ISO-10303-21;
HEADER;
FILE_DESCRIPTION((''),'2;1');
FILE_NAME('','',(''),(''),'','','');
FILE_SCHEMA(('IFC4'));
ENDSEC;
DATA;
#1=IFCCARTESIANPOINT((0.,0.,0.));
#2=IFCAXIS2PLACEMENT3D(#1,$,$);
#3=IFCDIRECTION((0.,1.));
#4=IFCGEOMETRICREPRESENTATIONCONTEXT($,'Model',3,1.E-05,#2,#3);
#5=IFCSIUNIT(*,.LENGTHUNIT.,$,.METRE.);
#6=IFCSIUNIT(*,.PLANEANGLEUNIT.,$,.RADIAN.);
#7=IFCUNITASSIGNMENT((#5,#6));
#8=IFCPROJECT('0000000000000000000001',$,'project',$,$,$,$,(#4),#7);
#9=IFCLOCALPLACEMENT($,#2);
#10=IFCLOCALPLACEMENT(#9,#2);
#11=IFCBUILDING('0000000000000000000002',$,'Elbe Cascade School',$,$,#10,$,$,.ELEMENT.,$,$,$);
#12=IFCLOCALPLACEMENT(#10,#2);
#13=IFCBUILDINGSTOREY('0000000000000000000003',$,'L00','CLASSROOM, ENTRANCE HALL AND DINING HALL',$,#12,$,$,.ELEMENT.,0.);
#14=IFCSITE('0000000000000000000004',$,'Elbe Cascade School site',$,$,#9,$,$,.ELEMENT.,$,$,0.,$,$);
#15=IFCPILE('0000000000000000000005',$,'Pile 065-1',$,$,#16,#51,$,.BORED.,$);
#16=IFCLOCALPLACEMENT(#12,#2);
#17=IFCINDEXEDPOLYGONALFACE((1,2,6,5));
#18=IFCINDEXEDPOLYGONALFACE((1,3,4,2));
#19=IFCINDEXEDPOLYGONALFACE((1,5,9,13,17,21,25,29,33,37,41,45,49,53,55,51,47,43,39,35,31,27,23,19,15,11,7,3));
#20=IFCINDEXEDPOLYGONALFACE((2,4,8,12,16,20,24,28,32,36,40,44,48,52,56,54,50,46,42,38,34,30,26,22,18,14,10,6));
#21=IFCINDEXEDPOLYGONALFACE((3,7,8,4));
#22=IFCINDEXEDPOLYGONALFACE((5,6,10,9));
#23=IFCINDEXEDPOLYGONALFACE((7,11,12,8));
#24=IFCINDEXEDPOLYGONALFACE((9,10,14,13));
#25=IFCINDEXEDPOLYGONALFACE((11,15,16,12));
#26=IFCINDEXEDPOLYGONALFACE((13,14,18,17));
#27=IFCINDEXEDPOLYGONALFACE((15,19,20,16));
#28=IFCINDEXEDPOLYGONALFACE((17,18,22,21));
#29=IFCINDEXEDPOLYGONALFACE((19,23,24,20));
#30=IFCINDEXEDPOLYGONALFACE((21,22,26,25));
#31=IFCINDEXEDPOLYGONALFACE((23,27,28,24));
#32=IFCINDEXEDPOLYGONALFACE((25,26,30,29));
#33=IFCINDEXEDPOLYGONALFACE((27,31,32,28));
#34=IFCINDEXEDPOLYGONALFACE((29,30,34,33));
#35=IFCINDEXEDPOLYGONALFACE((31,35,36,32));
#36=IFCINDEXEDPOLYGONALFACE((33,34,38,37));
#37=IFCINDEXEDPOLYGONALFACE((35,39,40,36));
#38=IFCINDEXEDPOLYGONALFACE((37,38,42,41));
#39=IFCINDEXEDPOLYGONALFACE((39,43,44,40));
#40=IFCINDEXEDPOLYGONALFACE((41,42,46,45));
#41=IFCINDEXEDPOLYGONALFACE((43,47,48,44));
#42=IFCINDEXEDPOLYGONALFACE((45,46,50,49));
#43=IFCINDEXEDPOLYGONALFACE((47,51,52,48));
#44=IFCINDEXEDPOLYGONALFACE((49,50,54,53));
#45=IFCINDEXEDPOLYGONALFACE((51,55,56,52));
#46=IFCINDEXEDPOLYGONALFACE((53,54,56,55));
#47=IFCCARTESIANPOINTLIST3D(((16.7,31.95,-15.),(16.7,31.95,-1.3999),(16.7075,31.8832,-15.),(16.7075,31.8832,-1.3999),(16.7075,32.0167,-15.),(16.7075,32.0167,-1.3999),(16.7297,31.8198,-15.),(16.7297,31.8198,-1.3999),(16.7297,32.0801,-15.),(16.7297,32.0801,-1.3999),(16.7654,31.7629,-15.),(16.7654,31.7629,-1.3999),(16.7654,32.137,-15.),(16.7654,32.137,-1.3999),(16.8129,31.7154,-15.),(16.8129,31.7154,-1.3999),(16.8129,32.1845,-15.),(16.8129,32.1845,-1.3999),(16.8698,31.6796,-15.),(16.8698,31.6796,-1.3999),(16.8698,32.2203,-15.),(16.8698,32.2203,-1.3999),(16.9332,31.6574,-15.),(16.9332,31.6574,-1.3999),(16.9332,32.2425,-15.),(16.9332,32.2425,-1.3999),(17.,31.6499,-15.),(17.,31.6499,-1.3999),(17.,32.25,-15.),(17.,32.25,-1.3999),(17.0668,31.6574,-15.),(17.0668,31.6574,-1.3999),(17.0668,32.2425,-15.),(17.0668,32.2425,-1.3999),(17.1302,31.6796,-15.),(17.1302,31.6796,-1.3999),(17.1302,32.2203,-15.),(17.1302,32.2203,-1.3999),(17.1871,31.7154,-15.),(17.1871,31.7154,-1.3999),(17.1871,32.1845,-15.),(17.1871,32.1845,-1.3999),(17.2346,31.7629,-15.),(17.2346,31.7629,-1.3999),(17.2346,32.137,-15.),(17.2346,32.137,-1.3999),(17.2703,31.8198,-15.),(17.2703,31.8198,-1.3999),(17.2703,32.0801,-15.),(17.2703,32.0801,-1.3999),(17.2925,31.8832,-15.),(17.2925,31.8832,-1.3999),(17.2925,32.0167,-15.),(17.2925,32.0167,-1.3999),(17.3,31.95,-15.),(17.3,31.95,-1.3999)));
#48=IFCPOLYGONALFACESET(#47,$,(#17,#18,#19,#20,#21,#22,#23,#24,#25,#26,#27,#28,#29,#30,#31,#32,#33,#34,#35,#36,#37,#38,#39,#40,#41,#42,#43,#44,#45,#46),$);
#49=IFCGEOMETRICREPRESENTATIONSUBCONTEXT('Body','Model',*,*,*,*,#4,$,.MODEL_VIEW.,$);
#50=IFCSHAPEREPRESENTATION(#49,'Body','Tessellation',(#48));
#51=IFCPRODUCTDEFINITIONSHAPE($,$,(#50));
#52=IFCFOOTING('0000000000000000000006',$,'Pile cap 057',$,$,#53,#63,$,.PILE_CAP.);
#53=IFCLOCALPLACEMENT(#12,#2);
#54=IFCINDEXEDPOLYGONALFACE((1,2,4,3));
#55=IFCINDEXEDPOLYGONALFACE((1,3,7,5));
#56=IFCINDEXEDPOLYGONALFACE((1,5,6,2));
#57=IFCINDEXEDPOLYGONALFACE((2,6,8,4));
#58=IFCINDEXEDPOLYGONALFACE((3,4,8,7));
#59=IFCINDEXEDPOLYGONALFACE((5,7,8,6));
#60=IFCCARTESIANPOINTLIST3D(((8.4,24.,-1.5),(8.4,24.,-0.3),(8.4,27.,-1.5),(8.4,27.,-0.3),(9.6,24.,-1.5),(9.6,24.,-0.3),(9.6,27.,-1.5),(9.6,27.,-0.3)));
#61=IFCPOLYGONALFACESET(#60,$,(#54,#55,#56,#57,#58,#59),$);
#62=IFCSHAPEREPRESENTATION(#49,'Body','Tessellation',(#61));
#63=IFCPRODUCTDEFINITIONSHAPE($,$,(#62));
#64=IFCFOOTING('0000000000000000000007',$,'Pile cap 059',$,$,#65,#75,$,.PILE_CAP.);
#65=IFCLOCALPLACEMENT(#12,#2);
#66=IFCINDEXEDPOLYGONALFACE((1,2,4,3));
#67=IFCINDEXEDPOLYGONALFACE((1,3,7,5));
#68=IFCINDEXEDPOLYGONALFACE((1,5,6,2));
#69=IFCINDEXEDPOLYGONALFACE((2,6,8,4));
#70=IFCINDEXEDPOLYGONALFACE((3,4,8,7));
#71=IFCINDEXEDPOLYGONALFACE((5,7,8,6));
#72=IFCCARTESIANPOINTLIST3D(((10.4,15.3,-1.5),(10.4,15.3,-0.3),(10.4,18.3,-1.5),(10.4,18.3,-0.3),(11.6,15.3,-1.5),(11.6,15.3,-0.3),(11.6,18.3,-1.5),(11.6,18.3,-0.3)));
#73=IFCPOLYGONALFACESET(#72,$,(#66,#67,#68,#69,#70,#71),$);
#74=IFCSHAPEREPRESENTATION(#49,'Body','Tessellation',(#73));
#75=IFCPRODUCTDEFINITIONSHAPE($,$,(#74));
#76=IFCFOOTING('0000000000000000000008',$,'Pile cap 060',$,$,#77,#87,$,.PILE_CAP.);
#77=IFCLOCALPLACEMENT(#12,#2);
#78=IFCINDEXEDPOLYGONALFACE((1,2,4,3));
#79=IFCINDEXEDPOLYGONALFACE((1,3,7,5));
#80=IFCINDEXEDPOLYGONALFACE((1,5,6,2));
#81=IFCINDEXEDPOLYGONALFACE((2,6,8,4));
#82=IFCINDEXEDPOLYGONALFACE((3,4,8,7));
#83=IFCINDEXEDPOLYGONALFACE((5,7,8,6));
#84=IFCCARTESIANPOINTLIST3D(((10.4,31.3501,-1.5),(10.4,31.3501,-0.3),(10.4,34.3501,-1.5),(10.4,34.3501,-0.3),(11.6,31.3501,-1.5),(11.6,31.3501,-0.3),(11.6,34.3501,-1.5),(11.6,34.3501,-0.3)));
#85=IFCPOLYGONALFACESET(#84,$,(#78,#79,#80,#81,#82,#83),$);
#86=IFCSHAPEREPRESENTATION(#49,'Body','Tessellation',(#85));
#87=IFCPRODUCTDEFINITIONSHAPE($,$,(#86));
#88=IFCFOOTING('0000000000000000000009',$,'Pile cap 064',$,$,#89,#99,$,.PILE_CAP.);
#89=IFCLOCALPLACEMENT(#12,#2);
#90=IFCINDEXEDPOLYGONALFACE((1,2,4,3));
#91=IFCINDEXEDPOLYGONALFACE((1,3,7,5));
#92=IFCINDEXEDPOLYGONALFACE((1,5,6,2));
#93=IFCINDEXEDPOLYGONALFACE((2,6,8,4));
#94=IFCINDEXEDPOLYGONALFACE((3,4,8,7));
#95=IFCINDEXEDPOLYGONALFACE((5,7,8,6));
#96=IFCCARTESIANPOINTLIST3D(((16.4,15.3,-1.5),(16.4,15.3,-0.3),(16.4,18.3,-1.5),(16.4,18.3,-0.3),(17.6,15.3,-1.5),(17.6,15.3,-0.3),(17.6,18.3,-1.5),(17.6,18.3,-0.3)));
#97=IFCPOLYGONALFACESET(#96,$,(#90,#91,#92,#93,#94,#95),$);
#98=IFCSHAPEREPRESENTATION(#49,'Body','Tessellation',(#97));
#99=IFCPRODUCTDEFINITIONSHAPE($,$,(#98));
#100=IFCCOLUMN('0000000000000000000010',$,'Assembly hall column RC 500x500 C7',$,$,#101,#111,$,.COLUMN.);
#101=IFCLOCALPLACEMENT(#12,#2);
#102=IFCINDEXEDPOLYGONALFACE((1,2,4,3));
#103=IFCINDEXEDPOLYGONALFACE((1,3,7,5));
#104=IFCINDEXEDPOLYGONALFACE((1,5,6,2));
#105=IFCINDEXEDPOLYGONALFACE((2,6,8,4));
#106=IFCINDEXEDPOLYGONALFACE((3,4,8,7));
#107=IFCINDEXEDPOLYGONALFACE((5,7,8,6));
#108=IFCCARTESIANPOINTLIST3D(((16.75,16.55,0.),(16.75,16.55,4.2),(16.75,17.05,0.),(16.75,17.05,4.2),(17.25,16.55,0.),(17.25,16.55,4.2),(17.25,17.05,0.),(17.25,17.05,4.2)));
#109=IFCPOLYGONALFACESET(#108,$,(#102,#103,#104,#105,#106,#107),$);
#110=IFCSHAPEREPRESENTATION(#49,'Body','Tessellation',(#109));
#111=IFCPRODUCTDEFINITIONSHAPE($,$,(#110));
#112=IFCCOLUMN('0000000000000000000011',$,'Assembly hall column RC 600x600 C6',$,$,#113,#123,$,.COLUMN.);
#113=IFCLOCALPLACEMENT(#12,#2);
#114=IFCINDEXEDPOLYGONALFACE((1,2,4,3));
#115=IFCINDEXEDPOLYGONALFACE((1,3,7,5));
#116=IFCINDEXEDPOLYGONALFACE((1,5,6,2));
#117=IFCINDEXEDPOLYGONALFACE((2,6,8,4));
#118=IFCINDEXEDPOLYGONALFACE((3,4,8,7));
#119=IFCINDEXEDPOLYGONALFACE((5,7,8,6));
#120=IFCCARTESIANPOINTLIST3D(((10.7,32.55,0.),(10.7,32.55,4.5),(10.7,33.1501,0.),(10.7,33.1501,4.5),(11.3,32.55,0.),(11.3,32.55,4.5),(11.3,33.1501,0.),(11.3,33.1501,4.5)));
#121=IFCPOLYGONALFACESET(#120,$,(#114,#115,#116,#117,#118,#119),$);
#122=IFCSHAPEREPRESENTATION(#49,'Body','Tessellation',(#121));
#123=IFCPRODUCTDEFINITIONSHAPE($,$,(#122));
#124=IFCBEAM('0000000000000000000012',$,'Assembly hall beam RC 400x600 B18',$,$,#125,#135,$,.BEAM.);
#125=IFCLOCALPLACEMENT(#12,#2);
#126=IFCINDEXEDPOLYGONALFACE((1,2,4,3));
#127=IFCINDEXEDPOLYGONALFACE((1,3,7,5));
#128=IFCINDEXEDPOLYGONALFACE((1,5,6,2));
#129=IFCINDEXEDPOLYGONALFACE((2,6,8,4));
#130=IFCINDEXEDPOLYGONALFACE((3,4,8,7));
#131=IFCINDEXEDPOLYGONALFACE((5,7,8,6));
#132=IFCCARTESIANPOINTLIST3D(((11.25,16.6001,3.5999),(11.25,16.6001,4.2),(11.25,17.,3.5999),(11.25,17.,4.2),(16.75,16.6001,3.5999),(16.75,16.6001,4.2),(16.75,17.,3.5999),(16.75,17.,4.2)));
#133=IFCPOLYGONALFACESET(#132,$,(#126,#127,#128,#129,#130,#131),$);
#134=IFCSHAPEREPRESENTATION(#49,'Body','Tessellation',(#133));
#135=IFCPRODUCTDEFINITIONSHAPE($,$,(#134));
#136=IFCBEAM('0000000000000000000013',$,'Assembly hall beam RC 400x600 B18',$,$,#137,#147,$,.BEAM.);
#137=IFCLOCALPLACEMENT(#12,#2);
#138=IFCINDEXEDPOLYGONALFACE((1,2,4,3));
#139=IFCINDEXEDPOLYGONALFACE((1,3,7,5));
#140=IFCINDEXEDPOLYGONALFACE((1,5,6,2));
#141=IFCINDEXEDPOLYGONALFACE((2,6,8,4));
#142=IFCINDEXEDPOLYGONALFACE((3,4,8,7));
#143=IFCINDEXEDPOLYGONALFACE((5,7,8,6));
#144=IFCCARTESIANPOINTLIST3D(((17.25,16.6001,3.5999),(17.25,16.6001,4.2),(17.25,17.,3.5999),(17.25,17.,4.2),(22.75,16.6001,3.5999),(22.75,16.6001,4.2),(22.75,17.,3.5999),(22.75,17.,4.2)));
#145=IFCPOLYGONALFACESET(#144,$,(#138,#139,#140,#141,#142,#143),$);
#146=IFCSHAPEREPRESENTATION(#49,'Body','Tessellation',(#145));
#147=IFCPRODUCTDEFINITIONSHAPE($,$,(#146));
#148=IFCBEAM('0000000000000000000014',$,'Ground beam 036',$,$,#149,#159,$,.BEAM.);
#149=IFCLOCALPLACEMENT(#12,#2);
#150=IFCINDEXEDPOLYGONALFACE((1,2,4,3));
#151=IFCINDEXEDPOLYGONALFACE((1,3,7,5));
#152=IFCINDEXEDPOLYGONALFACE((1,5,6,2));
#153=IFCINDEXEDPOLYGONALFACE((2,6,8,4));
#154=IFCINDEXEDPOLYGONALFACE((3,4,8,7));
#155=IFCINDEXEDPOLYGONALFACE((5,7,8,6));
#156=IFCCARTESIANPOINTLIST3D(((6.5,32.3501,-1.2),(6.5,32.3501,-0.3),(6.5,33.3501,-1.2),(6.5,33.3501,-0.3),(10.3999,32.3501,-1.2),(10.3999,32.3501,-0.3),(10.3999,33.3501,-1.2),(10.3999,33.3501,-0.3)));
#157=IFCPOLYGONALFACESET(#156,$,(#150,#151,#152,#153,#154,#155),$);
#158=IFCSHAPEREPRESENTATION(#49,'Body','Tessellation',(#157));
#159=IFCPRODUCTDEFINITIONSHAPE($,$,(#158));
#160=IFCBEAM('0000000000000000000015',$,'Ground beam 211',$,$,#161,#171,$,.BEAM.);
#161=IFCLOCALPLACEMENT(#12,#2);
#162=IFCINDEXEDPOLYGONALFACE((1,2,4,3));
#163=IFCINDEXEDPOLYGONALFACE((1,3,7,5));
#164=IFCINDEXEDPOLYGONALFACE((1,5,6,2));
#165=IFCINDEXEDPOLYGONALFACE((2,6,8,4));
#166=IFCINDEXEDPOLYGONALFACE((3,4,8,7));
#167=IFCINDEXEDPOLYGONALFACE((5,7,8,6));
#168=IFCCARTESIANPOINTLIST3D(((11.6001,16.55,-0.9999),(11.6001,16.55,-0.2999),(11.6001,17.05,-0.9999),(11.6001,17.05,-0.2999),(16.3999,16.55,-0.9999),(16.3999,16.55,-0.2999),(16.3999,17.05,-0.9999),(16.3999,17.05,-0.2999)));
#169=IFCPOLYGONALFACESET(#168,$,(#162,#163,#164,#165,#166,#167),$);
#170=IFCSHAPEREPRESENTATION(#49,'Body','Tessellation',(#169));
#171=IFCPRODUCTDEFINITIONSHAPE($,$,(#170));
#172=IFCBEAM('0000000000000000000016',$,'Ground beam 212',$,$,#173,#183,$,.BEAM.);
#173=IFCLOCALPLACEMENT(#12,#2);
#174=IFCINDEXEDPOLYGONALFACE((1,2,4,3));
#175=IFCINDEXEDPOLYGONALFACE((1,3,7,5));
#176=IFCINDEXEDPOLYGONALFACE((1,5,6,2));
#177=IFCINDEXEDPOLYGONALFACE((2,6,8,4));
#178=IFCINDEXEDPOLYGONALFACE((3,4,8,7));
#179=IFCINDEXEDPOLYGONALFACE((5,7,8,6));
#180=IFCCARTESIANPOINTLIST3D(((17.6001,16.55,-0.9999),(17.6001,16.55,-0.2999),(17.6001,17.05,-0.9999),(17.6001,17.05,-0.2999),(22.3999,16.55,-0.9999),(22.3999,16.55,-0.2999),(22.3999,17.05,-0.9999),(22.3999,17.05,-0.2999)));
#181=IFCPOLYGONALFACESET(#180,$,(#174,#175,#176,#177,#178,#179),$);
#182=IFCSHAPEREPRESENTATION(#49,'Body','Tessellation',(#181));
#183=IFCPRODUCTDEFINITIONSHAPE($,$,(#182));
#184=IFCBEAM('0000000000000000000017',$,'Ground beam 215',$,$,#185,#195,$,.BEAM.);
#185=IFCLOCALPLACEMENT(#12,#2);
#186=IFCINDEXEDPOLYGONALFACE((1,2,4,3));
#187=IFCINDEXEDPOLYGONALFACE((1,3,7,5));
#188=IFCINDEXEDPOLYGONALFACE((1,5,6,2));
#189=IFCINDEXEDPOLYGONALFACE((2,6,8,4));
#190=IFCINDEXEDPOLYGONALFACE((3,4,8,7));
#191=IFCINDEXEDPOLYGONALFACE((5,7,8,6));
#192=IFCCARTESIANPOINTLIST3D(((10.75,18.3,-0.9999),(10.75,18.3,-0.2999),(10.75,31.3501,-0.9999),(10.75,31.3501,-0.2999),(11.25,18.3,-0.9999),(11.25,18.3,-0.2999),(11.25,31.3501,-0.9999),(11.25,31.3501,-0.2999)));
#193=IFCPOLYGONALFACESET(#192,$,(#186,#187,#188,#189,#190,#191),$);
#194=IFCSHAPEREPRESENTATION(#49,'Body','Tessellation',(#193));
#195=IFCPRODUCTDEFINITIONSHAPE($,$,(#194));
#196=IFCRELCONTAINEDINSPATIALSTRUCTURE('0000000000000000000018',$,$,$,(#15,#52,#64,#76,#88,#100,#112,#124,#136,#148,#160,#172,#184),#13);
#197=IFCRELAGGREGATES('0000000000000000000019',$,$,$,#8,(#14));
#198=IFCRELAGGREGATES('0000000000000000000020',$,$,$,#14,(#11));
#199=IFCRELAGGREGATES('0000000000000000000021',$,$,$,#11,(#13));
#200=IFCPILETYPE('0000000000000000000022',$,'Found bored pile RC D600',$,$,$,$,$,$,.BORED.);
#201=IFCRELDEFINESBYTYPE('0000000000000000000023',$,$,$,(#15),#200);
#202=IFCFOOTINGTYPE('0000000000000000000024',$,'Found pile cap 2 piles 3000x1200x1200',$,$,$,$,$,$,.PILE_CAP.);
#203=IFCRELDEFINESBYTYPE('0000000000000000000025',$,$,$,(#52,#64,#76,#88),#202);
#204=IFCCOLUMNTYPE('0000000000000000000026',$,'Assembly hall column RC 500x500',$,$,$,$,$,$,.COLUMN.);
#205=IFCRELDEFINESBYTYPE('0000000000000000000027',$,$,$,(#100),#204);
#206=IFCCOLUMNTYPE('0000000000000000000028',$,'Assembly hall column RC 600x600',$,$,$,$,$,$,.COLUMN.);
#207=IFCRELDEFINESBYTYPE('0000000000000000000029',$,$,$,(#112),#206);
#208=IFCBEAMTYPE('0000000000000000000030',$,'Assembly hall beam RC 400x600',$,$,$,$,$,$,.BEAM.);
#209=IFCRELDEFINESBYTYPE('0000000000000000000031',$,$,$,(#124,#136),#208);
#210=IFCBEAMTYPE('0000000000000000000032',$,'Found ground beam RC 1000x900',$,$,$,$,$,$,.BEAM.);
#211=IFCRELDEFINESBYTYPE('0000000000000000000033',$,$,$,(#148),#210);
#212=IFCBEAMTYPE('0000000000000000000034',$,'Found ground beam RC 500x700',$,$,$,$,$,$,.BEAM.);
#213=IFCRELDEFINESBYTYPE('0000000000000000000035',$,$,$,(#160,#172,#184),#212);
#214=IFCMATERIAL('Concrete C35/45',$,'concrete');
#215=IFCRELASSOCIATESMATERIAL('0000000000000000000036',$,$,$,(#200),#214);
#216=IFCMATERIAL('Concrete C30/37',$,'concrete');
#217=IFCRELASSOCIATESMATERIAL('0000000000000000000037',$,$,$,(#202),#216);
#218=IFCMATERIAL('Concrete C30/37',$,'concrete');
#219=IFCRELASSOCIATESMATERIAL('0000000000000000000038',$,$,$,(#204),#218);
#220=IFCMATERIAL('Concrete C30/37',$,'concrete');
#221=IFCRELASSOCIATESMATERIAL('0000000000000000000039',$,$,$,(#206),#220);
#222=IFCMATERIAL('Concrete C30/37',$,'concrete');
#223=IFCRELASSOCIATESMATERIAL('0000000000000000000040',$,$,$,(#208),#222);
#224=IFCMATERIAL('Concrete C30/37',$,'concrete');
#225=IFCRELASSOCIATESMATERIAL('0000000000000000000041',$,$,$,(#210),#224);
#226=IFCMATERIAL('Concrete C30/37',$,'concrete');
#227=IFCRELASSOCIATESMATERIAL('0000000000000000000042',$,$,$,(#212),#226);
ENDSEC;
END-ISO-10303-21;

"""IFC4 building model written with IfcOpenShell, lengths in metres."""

from ifc_helpers import new_model, si_unit, direction, frame, origin, origin_2d, place, context, subcontext, project, spatial, rectangle, circle, extrude, material, material_profile, profile_set, type_object, element, save


model = new_model("IFC4")

# Units and contexts
model_context = context("Model", 3, precision=1e-05, world=origin(), true_north=direction((0.0, 1.0)))
body_context = subcontext(model_context, "Body", "Model", "MODEL_VIEW")
ifc_project = project(units=[si_unit("LENGTHUNIT", "METRE"), si_unit("PLANEANGLEUNIT", "RADIAN")], contexts=[model_context])

# Site, building, storey
site_placement = place(None, origin())
site = spatial("IfcSite", under=ifc_project, at=site_placement, Name="Elbe Cascade School site", CompositionType="ELEMENT", RefElevation=0.0)
building_placement = place(site_placement, origin())
building = spatial("IfcBuilding", under=site, at=building_placement, Name="Elbe Cascade School", CompositionType="ELEMENT")
storey_placement = place(building_placement, origin())
storey = spatial("IfcBuildingStorey", under=building, at=storey_placement, Name="L00", Description="CLASSROOM, ENTRANCE HALL AND DINING HALL", CompositionType="ELEMENT", Elevation=0.0)

# Pile
ifc_material_1 = material(Name="Concrete C35/45", Category="concrete")
ifc_material_profile_1 = material_profile(ifc_material_1, circle(Radius=0.3, at=origin_2d()), Name="RC D600")
ifc_profile_set_1 = profile_set([ifc_material_profile_1], Name="Concrete C35/45")
pile_type = type_object("IfcPileType", Name="Found bored pile RC D600", PredefinedType="BORED", material=ifc_profile_set_1)
for number, where, z_axis, x_axis, name in (
    (1, (17.0, 31.95, -1.3999), (0.0, 0.0, -1.0), (1.0, 0.0, 0.0), "Pile 065-1"),
):
    element("IfcPile", number, at=place(storey_placement, frame(where, z_axis=z_axis, x_axis=x_axis)), inside=storey, type_object=pile_type, Name=name, PredefinedType="BORED", context=body_context, shape_type="SweptSolid", body=[
        extrude(circle(Radius=0.3, at=origin_2d()), origin(), (0.0, 0.0, 1.0), 13.6001),
    ])

# Footings
ifc_material_2 = material(Name="Concrete C30/37", Category="concrete")
footing_type = type_object("IfcFootingType", Name="Found pile cap 2 piles 3000x1200x1200", PredefinedType="PILE_CAP", material=ifc_material_2)
for number, where, z_axis, x_axis, name in (
    (2, (9.0, 25.5, -1.5), (0.0, 0.0, 1.0), (1.0, 0.0, 0.0), "Pile cap 057"),
    (3, (11.0, 16.8, -1.5), (0.0, 0.0, 1.0), (1.0, 0.0, 0.0), "Pile cap 059"),
    (4, (11.0, 32.8501, -1.5), (0.0, 0.0, 1.0), (1.0, 0.0, 0.0), "Pile cap 060"),
    (5, (17.0, 16.8, -1.5), (0.0, 0.0, 1.0), (1.0, 0.0, 0.0), "Pile cap 064"),
):
    element("IfcFooting", number, at=place(storey_placement, frame(where, z_axis=z_axis, x_axis=x_axis)), inside=storey, type_object=footing_type, Name=name, PredefinedType="PILE_CAP", context=body_context, shape_type="SweptSolid", body=[
        extrude(rectangle(XDim=1.2, YDim=3.0, at=origin_2d()), origin(), (0.0, 0.0, 1.0), 1.2),
    ])

# Columns
ifc_material_3 = material(Name="Concrete C30/37", Category="concrete")
ifc_material_profile_2 = material_profile(ifc_material_3, rectangle(XDim=0.5, YDim=0.5, at=origin_2d()), Name="RC 500x500")
ifc_profile_set_2 = profile_set([ifc_material_profile_2], Name="Concrete C30/37")
column_type_1 = type_object("IfcColumnType", Name="Assembly hall column RC 500x500", PredefinedType="COLUMN", material=ifc_profile_set_2)
column_1_placement = place(storey_placement, frame((17.0, 16.8, 0.0), z_axis=(0.0, 0.0, 1.0), x_axis=(1.0, 0.0, 0.0)))
element("IfcColumn", 6, at=column_1_placement, inside=storey, type_object=column_type_1, Name="Assembly hall column RC 500x500 C7", PredefinedType="COLUMN", context=body_context, shape_type="SweptSolid", body=[
    extrude(rectangle(XDim=0.5, YDim=0.5, at=origin_2d()), origin(), (0.0, 0.0, 1.0), 4.2),
])
ifc_material_4 = material(Name="Concrete C30/37", Category="concrete")
ifc_material_profile_3 = material_profile(ifc_material_4, rectangle(XDim=0.6001, YDim=0.6001, at=origin_2d()), Name="RC 600x600")
ifc_profile_set_3 = profile_set([ifc_material_profile_3], Name="Concrete C30/37")
column_type_2 = type_object("IfcColumnType", Name="Assembly hall column RC 600x600", PredefinedType="COLUMN", material=ifc_profile_set_3)
column_2_placement = place(storey_placement, frame((11.0, 32.8501, 0.0), z_axis=(0.0, 0.0, 1.0), x_axis=(1.0, 0.0, 0.0)))
element("IfcColumn", 7, at=column_2_placement, inside=storey, type_object=column_type_2, Name="Assembly hall column RC 600x600 C6", PredefinedType="COLUMN", context=body_context, shape_type="SweptSolid", body=[
    extrude(rectangle(XDim=0.6001, YDim=0.6001, at=origin_2d()), origin(), (0.0, 0.0, 1.0), 4.5),
])

# Beams
ifc_material_5 = material(Name="Concrete C30/37", Category="concrete")
ifc_material_profile_4 = material_profile(ifc_material_5, rectangle(XDim=0.3999, YDim=0.6001, at=origin_2d()), Name="RC 400x600")
ifc_profile_set_4 = profile_set([ifc_material_profile_4], Name="Concrete C30/37")
beam_type_1 = type_object("IfcBeamType", Name="Assembly hall beam RC 400x600", PredefinedType="BEAM", material=ifc_profile_set_4)
for number, where, z_axis, x_axis, name in (
    (8, (11.25, 16.8, 3.8999), (1.0, 0.0, 0.0), (0.0, 1.0, 0.0), "Assembly hall beam RC 400x600 B18"),
    (9, (17.25, 16.8, 3.8999), (1.0, 0.0, 0.0), (0.0, 1.0, 0.0), "Assembly hall beam RC 400x600 B18"),
):
    element("IfcBeam", number, at=place(storey_placement, frame(where, z_axis=z_axis, x_axis=x_axis)), inside=storey, type_object=beam_type_1, Name=name, PredefinedType="BEAM", context=body_context, shape_type="SweptSolid", body=[
        extrude(rectangle(XDim=0.3999, YDim=0.6001, at=origin_2d()), origin(), (0.0, 0.0, 1.0), 5.5),
    ])
ifc_material_6 = material(Name="Concrete C30/37", Category="concrete")
ifc_material_profile_5 = material_profile(ifc_material_6, rectangle(XDim=1.0, YDim=0.8999, at=origin_2d()), Name="RC 1000x900")
ifc_profile_set_5 = profile_set([ifc_material_profile_5], Name="Concrete C30/37")
beam_type_2 = type_object("IfcBeamType", Name="Found ground beam RC 1000x900", PredefinedType="BEAM", material=ifc_profile_set_5)
beam_1_placement = place(storey_placement, frame((6.5, 32.8501, -0.75), z_axis=(1.0, 0.0, 0.0), x_axis=(0.0, 1.0, 0.0)))
element("IfcBeam", 10, at=beam_1_placement, inside=storey, type_object=beam_type_2, Name="Ground beam 036", PredefinedType="BEAM", context=body_context, shape_type="SweptSolid", body=[
    extrude(rectangle(XDim=1.0, YDim=0.8999, at=origin_2d()), origin(), (0.0, 0.0, 1.0), 3.8999),
])
ifc_material_7 = material(Name="Concrete C30/37", Category="concrete")
ifc_material_profile_6 = material_profile(ifc_material_7, rectangle(XDim=0.5, YDim=0.7, at=origin_2d()), Name="RC 500x700")
ifc_profile_set_6 = profile_set([ifc_material_profile_6], Name="Concrete C30/37")
beam_type_3 = type_object("IfcBeamType", Name="Found ground beam RC 500x700", PredefinedType="BEAM", material=ifc_profile_set_6)
for number, where, z_axis, x_axis, name in (
    (11, (11.6001, 16.8, -0.6499), (1.0, 0.0, 0.0), (0.0, 1.0, 0.0), "Ground beam 211"),
    (12, (17.6001, 16.8, -0.6499), (1.0, 0.0, 0.0), (0.0, 1.0, 0.0), "Ground beam 212"),
):
    element("IfcBeam", number, at=place(storey_placement, frame(where, z_axis=z_axis, x_axis=x_axis)), inside=storey, type_object=beam_type_3, Name=name, PredefinedType="BEAM", context=body_context, shape_type="SweptSolid", body=[
        extrude(rectangle(XDim=0.5, YDim=0.7, at=origin_2d()), origin(), (0.0, 0.0, 1.0), 4.7998),
    ])
for number, where, z_axis, x_axis, name in (
    (13, (11.0, 18.3, -0.6499), (0.0, 1.0, 0.0), (-1.0, 0.0, 0.0), "Ground beam 215"),
):
    element("IfcBeam", number, at=place(storey_placement, frame(where, z_axis=z_axis, x_axis=x_axis)), inside=storey, type_object=beam_type_3, Name=name, PredefinedType="BEAM", context=body_context, shape_type="SweptSolid", body=[
        extrude(rectangle(XDim=0.5, YDim=0.7, at=origin_2d()), origin(), (0.0, 0.0, 1.0), 13.05),
    ])

save(model, "model.ifc")
